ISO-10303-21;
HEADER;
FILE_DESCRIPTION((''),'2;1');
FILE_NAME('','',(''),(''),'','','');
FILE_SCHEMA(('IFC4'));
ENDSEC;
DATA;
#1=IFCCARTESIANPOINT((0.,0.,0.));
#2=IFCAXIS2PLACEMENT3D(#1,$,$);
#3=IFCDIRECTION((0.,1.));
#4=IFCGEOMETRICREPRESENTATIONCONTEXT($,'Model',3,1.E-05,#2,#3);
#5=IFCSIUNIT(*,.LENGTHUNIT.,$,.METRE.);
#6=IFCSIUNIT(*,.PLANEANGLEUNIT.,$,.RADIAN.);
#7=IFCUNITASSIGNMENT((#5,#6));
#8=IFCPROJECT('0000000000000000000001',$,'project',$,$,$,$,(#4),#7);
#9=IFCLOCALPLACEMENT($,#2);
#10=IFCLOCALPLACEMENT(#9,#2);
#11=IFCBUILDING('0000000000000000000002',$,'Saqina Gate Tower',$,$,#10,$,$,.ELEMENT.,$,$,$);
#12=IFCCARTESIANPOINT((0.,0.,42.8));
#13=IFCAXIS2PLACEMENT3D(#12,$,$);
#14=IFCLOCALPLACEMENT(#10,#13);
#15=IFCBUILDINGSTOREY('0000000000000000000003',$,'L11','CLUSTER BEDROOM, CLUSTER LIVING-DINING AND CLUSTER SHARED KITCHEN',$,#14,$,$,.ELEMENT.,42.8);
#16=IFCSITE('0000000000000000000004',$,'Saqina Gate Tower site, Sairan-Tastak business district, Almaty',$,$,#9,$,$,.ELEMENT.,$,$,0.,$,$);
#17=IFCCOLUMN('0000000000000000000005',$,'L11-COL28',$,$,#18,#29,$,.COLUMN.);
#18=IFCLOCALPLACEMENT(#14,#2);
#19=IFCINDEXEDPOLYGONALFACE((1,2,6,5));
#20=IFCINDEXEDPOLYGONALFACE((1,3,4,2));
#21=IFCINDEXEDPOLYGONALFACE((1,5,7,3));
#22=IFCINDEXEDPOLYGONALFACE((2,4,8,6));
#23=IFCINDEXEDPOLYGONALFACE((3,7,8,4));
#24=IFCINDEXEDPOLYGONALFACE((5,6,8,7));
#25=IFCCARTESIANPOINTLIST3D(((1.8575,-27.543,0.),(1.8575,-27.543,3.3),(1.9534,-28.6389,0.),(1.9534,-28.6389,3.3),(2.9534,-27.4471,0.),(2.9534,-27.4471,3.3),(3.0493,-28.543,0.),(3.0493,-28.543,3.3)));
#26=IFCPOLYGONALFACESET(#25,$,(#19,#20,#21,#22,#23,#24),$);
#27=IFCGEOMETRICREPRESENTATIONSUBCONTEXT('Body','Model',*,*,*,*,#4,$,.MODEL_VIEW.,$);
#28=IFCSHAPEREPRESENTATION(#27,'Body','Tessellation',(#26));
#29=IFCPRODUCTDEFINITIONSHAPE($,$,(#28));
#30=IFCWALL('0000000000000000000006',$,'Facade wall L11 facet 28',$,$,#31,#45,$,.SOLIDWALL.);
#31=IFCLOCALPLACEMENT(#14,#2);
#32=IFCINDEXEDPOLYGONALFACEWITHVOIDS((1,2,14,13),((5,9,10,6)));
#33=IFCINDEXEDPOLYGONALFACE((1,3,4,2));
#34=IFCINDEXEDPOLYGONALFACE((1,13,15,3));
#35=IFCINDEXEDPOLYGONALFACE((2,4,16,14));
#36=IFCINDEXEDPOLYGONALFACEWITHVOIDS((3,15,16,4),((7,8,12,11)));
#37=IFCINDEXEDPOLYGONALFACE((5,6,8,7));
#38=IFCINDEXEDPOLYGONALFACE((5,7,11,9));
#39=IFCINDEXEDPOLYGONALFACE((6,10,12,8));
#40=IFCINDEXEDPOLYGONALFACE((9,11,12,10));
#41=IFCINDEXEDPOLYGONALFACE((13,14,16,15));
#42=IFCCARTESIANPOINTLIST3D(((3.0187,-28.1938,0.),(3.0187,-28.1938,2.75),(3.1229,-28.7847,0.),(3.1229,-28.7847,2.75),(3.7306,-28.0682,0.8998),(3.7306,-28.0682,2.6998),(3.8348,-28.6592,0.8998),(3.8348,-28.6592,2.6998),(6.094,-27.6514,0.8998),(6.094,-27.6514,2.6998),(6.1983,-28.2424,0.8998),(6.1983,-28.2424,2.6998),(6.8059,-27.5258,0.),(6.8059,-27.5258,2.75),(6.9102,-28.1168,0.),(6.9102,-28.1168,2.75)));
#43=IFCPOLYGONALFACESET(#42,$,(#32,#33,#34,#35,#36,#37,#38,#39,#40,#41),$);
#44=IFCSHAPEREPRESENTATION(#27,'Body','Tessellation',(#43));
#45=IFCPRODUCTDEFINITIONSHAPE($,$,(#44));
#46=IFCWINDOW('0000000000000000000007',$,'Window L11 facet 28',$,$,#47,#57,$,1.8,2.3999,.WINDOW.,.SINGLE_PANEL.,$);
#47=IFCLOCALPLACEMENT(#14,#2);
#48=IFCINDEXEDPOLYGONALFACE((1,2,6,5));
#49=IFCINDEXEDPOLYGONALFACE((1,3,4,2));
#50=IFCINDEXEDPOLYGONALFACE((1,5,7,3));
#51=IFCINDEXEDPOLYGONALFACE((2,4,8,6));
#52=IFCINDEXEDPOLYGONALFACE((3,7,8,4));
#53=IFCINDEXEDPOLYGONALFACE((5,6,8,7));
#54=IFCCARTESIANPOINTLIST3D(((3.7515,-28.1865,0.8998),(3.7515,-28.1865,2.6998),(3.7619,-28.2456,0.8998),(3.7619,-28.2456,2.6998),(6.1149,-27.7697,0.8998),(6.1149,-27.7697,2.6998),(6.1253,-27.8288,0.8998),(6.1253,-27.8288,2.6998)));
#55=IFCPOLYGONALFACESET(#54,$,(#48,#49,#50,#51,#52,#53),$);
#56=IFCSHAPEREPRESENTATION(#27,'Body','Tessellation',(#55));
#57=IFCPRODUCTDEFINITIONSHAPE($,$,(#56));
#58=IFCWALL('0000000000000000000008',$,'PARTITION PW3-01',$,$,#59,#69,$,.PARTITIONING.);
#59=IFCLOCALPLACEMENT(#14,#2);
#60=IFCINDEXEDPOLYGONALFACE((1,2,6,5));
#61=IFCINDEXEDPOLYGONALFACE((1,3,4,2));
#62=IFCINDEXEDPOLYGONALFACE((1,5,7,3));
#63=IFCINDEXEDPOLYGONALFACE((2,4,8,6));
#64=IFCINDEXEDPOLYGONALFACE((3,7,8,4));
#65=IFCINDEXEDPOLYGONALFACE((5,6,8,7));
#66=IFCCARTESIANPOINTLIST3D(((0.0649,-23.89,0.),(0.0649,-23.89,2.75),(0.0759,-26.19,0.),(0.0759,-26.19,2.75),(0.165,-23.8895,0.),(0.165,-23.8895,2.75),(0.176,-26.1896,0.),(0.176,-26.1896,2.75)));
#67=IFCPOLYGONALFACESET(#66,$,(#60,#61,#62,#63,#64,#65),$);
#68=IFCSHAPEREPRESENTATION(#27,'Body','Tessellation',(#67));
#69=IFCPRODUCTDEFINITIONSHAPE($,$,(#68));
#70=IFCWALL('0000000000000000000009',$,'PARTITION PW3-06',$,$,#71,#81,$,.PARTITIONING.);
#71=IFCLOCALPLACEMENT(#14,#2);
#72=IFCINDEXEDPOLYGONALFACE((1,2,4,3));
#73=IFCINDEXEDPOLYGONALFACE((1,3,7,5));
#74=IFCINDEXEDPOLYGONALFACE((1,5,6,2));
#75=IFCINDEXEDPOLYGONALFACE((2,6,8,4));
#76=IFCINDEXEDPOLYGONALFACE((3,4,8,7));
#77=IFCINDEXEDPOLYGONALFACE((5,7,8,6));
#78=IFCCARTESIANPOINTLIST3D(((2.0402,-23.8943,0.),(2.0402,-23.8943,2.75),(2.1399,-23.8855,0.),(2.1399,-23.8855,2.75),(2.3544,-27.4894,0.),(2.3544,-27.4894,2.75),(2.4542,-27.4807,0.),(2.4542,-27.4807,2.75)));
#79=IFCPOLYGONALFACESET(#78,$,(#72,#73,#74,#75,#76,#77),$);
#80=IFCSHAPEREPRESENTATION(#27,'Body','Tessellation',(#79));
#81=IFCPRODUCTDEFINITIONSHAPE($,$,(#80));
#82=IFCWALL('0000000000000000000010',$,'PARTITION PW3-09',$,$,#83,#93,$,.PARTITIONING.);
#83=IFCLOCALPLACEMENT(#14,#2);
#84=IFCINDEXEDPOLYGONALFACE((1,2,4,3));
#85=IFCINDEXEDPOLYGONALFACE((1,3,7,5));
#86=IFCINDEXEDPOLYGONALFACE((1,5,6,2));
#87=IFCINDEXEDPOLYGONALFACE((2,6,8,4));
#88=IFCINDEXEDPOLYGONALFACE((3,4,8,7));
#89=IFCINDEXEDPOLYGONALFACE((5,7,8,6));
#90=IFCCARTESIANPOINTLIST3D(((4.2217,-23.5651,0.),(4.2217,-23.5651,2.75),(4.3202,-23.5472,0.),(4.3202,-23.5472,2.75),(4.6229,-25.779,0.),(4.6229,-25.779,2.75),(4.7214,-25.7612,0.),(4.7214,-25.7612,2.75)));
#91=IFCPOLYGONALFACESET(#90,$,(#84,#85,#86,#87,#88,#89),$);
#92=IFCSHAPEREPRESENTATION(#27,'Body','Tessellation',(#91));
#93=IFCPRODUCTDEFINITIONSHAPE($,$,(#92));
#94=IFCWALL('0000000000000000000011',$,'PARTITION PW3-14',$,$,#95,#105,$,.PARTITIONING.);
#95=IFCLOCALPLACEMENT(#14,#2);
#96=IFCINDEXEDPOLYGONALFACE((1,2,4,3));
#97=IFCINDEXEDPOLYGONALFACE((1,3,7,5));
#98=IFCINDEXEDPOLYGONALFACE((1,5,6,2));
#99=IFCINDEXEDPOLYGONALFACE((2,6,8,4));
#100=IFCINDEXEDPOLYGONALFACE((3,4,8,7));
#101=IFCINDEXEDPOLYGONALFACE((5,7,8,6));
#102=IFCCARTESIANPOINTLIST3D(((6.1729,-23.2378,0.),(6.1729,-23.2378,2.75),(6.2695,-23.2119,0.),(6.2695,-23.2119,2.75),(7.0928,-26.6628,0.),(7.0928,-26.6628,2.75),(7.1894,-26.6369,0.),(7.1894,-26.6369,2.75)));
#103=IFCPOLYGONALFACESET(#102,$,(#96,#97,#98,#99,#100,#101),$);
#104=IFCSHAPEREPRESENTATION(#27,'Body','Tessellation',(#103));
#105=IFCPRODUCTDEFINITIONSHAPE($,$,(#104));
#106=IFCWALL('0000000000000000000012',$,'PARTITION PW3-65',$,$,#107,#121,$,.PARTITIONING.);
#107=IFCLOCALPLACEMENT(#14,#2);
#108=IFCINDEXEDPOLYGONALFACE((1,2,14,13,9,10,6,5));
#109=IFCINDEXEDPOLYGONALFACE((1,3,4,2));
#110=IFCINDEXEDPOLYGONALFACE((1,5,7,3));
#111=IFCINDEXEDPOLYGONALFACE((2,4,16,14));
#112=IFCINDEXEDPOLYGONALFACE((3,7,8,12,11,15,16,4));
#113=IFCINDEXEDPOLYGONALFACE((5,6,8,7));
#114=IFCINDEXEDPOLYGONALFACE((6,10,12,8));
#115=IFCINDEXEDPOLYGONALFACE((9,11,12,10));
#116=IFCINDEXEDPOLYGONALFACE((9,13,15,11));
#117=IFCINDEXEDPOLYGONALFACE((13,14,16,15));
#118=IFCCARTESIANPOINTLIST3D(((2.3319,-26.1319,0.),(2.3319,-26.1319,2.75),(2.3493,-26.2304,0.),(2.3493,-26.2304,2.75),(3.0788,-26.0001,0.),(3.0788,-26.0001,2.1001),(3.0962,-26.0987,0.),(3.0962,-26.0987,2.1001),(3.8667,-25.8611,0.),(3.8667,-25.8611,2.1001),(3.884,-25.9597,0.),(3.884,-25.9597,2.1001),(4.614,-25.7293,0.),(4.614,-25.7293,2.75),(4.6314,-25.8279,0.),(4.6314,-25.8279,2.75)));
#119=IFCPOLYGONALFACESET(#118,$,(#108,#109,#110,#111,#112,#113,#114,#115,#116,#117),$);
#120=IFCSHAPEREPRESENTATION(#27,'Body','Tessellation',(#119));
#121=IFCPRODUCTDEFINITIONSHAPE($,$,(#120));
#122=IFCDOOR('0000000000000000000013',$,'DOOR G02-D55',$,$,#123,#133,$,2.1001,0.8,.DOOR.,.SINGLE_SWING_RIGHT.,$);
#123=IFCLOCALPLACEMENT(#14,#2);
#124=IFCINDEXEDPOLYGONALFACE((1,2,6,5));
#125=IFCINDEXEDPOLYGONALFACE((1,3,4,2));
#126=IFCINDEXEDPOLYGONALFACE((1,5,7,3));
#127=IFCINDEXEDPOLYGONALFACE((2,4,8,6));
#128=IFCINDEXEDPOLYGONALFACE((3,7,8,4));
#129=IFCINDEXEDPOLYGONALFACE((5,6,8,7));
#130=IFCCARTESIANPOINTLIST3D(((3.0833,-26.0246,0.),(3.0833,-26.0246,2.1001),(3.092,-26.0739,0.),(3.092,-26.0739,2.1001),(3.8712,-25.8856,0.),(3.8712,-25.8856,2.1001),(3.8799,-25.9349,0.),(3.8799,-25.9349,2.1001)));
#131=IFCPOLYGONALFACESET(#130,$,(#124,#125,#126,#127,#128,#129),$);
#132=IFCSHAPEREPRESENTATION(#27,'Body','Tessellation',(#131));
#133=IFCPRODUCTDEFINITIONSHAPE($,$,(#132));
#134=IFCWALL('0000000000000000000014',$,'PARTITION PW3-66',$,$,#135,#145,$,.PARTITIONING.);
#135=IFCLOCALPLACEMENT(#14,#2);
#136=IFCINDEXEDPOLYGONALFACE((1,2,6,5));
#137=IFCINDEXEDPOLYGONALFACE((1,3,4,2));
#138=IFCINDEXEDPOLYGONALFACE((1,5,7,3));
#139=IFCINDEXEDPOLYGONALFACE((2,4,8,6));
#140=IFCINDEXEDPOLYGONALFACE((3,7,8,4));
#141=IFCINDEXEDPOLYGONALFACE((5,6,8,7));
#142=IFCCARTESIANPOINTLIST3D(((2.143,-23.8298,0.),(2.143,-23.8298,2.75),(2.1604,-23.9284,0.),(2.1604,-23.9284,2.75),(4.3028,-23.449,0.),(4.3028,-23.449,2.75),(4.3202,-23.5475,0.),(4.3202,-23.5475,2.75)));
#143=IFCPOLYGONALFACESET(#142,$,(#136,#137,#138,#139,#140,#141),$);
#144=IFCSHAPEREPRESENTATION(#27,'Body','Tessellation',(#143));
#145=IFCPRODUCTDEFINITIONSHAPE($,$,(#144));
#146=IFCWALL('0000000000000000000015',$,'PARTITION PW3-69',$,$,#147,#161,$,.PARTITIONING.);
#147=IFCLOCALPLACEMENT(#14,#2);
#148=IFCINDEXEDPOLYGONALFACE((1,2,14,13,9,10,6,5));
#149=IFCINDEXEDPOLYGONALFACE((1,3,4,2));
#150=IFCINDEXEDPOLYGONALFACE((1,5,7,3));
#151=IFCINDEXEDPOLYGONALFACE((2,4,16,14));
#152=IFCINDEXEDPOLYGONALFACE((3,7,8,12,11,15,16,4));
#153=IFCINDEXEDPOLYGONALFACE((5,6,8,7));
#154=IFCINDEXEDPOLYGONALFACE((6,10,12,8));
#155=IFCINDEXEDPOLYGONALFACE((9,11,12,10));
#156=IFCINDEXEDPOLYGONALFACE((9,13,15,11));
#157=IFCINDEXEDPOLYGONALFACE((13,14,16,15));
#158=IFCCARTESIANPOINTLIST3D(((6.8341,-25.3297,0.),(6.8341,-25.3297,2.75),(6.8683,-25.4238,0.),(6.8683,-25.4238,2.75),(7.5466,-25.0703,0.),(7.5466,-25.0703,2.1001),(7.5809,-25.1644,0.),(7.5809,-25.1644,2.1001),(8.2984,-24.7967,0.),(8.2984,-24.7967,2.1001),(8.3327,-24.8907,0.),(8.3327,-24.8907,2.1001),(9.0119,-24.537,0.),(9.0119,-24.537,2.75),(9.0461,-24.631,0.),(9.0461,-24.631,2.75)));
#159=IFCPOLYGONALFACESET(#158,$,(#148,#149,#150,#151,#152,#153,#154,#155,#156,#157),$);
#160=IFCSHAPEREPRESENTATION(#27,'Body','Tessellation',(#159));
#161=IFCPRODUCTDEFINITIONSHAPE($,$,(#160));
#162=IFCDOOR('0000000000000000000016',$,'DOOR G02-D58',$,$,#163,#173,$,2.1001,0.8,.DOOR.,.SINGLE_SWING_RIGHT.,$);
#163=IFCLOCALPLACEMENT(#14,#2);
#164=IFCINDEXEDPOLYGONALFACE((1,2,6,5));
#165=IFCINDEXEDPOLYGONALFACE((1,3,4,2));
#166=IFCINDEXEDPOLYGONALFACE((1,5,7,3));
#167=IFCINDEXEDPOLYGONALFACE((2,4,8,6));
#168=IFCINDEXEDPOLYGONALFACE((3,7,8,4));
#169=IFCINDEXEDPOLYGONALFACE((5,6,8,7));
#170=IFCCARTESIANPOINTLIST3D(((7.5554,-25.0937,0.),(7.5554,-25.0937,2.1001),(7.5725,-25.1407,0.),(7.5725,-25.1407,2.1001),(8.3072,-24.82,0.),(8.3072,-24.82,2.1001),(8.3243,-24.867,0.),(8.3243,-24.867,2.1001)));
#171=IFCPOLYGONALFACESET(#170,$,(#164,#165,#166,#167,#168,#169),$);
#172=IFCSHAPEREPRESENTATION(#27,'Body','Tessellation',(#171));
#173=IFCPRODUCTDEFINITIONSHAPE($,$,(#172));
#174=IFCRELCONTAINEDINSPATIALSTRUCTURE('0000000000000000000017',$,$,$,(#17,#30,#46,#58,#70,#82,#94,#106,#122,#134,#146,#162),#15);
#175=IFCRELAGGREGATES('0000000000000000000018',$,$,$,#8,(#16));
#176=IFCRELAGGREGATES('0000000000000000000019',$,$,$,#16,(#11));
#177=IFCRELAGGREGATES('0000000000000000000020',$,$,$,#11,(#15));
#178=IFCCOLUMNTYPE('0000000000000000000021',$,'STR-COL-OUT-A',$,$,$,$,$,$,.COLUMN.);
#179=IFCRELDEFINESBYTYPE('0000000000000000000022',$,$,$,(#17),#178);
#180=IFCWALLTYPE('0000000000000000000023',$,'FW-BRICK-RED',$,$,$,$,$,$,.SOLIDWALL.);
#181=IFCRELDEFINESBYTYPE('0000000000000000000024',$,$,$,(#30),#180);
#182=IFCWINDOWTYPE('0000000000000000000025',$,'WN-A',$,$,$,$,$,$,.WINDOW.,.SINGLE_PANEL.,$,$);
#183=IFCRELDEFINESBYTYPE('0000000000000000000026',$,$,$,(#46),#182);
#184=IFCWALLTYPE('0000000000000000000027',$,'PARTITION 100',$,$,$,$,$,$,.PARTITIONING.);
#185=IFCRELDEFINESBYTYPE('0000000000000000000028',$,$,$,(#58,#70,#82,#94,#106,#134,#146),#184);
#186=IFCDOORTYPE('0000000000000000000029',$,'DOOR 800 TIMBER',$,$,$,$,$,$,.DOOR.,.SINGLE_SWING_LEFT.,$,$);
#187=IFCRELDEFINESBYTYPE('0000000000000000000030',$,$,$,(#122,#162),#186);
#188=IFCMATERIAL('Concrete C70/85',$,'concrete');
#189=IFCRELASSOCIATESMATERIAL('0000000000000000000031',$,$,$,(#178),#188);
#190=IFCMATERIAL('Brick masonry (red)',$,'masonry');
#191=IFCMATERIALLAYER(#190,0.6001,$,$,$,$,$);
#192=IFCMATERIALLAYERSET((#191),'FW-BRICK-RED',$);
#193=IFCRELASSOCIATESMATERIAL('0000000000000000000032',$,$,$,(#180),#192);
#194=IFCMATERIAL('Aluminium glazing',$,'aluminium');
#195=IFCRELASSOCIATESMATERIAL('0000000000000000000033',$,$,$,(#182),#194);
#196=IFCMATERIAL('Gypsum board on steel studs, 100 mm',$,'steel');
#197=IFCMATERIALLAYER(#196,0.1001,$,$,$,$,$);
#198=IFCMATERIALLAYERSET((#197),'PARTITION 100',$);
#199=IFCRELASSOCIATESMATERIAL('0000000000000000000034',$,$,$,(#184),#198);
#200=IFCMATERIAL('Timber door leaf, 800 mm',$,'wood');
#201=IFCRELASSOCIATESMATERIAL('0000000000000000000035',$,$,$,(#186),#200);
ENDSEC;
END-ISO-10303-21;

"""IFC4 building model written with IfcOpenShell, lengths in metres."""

from ifc_helpers import new_model, si_unit, direction, frame, frame_2d, origin, origin_2d, place, context, subcontext, project, spatial, rectangle, extrude, material, layer, layer_set, material_profile, profile_set, type_object, element, fill, save


model = new_model("IFC4")

# Units and contexts
model_context = context("Model", 3, precision=1e-05, world=origin(), true_north=direction((0.0, 1.0)))
body_context = subcontext(model_context, "Body", "Model", "MODEL_VIEW")
ifc_project = project(units=[si_unit("LENGTHUNIT", "METRE"), si_unit("PLANEANGLEUNIT", "RADIAN")], contexts=[model_context])

# Site, building, storey
site_placement = place(None, origin())
site = spatial("IfcSite", under=ifc_project, at=site_placement, Name="Saqina Gate Tower site, Sairan-Tastak business district, Almaty", CompositionType="ELEMENT", RefElevation=0.0)
building_placement = place(site_placement, origin())
building = spatial("IfcBuilding", under=site, at=building_placement, Name="Saqina Gate Tower", CompositionType="ELEMENT")
storey_placement = place(building_placement, frame((0.0, 0.0, 42.8)))
storey = spatial("IfcBuildingStorey", under=building, at=storey_placement, Name="L11", Description="CLUSTER BEDROOM, CLUSTER LIVING-DINING AND CLUSTER SHARED KITCHEN", CompositionType="ELEMENT", Elevation=42.8)

# Column
ifc_material_1 = material(Name="Concrete C70/85", Category="concrete")
ifc_material_profile = material_profile(ifc_material_1, rectangle(XDim=1.1001, YDim=1.1001, at=origin_2d()), Name="RC 1100x1100")
ifc_profile_set = profile_set([ifc_material_profile], Name="Concrete C70/85")
column_type = type_object("IfcColumnType", Name="STR-COL-OUT-A", PredefinedType="COLUMN", material=ifc_profile_set)
column_placement = place(storey_placement, frame((2.4534, -28.043, 0.0), z_axis=(0.0, 0.0, 1.0), x_axis=(0.087156, -0.996195, 0.0)))
element("IfcColumn", 1, at=column_placement, inside=storey, type_object=column_type, Name="L11-COL28", PredefinedType="COLUMN", context=body_context, shape_type="SweptSolid", body=[
    extrude(rectangle(XDim=1.1001, YDim=1.1001, at=origin_2d()), origin(), (0.0, 0.0, 1.0), 3.3),
])

# Wall, opening, window
ifc_material_2 = material(Name="Brick masonry (red)", Category="masonry")
ifc_layer_1 = layer(ifc_material_2, 0.6001)
ifc_layer_set_1 = layer_set([ifc_layer_1], Name="FW-BRICK-RED")
wall_type_1 = type_object("IfcWallType", Name="FW-BRICK-RED", PredefinedType="SOLIDWALL", material=ifc_layer_set_1)
wall_1_placement = place(storey_placement, frame((3.0708, -28.4893, 0.0), z_axis=(0.0, 0.0, 1.0), x_axis=(0.984801, 0.173688, 0.0)))
wall_1 = element("IfcWall", 2, at=wall_1_placement, inside=storey, type_object=wall_type_1, Name="Facade wall L11 facet 28", PredefinedType="SOLIDWALL", context=body_context, shape_type="SweptSolid", body=[
    extrude(rectangle(XDim=3.8457, YDim=0.6001, at=frame_2d((1.9229, 0.0))), origin(), (0.0, 0.0, 1.0), 2.75),
])
opening_1_placement = place(wall_1_placement, frame((0.7229, 0.0, 0.8999)))
opening_1 = element("IfcOpeningElement", 3, at=opening_1_placement, cuts=wall_1, PredefinedType="OPENING", context=body_context, shape_type="SweptSolid", body=[
    extrude(rectangle(XDim=2.3999, YDim=1.8, at=frame_2d((1.2, 0.8999))), frame((0.0, 0.312, 0.0), z_axis=(0.0, -1.0, 0.0), x_axis=(1.0, 0.0, 0.0)), (0.0, 0.0, 1.0), 0.624),
])
ifc_material_3 = material(Name="Aluminium glazing", Category="aluminium")
window_type = type_object("IfcWindowType", Name="WN-A", PartitioningType="SINGLE_PANEL", PredefinedType="WINDOW", material=ifc_material_3)
window_placement = place(opening_1_placement, origin())
window = element("IfcWindow", 4, at=window_placement, inside=storey, type_object=window_type, Name="Window L11 facet 28", OverallHeight=1.8, OverallWidth=2.3999, PartitioningType="SINGLE_PANEL", PredefinedType="WINDOW", context=body_context, shape_type="SweptSolid", body=[
    extrude(rectangle(XDim=2.3999, YDim=1.8, at=frame_2d((1.2, 0.8999))), frame((0.0, 0.1799, 0.0), z_axis=(0.0, -1.0, 0.0), x_axis=(1.0, 0.0, 0.0)), (0.0, 0.0, 1.0), 0.0601),
])
fill(opening_1, window)

# Walls
ifc_material_4 = material(Name="Gypsum board on steel studs, 100 mm", Category="steel")
ifc_layer_2 = layer(ifc_material_4, 0.1001)
ifc_layer_set_2 = layer_set([ifc_layer_2], Name="PARTITION 100")
wall_type_2 = type_object("IfcWallType", Name="PARTITION 100", PredefinedType="PARTITIONING", material=ifc_layer_set_2)
wall_2_placement = place(storey_placement, frame((0.115, -23.8899, 0.0), z_axis=(0.0, 0.0, 1.0), x_axis=(0.004777, -0.999989, 0.0)))
element("IfcWall", 5, at=wall_2_placement, inside=storey, type_object=wall_type_2, Name="PARTITION PW3-01", PredefinedType="PARTITIONING", context=body_context, shape_type="SweptSolid", body=[
    extrude(rectangle(XDim=2.3, YDim=0.1001, at=frame_2d((1.1499, 0.0))), origin(), (0.0, 0.0, 1.0), 2.75),
])
wall_3_placement = place(storey_placement, frame((2.0901, -23.8899, 0.0), z_axis=(0.0, 0.0, 1.0), x_axis=(0.087065, -0.996203, 0.0)))
element("IfcWall", 6, at=wall_3_placement, inside=storey, type_object=wall_type_2, Name="PARTITION PW3-06", PredefinedType="PARTITIONING", context=body_context, shape_type="SweptSolid", body=[
    extrude(rectangle(XDim=3.6089, YDim=0.1001, at=frame_2d((1.8044, 0.0))), origin(), (0.0, 0.0, 1.0), 2.75),
])
wall_4_placement = place(storey_placement, frame((4.271, -23.5562, 0.0), z_axis=(0.0, 0.0, 1.0), x_axis=(0.178284, -0.983979, 0.0)))
element("IfcWall", 7, at=wall_4_placement, inside=storey, type_object=wall_type_2, Name="PARTITION PW3-09", PredefinedType="PARTITIONING", context=body_context, shape_type="SweptSolid", body=[
    extrude(rectangle(XDim=2.25, YDim=0.1001, at=frame_2d((1.125, 0.0))), origin(), (0.0, 0.0, 1.0), 2.75),
])
wall_5_placement = place(storey_placement, frame((6.2212, -23.2249, 0.0), z_axis=(0.0, 0.0, 1.0), x_axis=(0.259393, -0.965772, 0.0)))
element("IfcWall", 8, at=wall_5_placement, inside=storey, type_object=wall_type_2, Name="PARTITION PW3-14", PredefinedType="PARTITIONING", context=body_context, shape_type="SweptSolid", body=[
    extrude(rectangle(XDim=3.5464, YDim=0.1001, at=frame_2d((1.7732, 0.0))), origin(), (0.0, 0.0, 1.0), 2.75),
])

# Wall, opening, door
wall_6_placement = place(storey_placement, frame((2.3406, -26.1812, 0.0), z_axis=(0.0, 0.0, 1.0), x_axis=(0.984795, 0.173719, 0.0)))
wall_6 = element("IfcWall", 9, at=wall_6_placement, inside=storey, type_object=wall_type_2, Name="PARTITION PW3-65", PredefinedType="PARTITIONING", context=body_context, shape_type="SweptSolid", body=[
    extrude(rectangle(XDim=2.3174, YDim=0.1001, at=frame_2d((1.1587, 0.0))), origin(), (0.0, 0.0, 1.0), 2.75),
])
opening_2_placement = place(wall_6_placement, frame((0.7585, 0.0, 0.0)))
opening_2 = element("IfcOpeningElement", 10, at=opening_2_placement, cuts=wall_6, PredefinedType="OPENING", context=body_context, shape_type="SweptSolid", body=[
    extrude(rectangle(XDim=0.8, YDim=2.1001, at=frame_2d((0.3999, 1.05))), frame((0.0, 0.062, 0.0), z_axis=(0.0, -1.0, 0.0), x_axis=(1.0, 0.0, 0.0)), (0.0, 0.0, 1.0), 0.124),
])
ifc_material_5 = material(Name="Timber door leaf, 800 mm", Category="wood")
door_type_1 = type_object("IfcDoorType", Name="DOOR 800 TIMBER", OperationType="SINGLE_SWING_LEFT", PredefinedType="DOOR", material=ifc_material_5)
door_1_placement = place(opening_2_placement, frame((0.8, 0.0, 0.0), z_axis=(0.0, 0.0, 1.0), x_axis=(-1.0, 0.0, 0.0)))
door_1 = element("IfcDoor", 11, at=door_1_placement, inside=storey, type_object=door_type_1, Name="DOOR G02-D55", OperationType="SINGLE_SWING_RIGHT", OverallHeight=2.1001, OverallWidth=0.8, PredefinedType="DOOR", context=body_context, shape_type="SweptSolid", body=[
    extrude(rectangle(XDim=0.8, YDim=2.1001, at=frame_2d((0.3999, 1.05))), frame((0.0, 0.0249, 0.0), z_axis=(0.0, -1.0, 0.0), x_axis=(1.0, 0.0, 0.0)), (0.0, 0.0, 1.0), 0.05),
])
fill(opening_2, door_1)

# Wall
wall_7_placement = place(storey_placement, frame((2.1516, -23.8792, 0.0), z_axis=(0.0, 0.0, 1.0), x_axis=(0.984804, 0.173671, 0.0)))
element("IfcWall", 12, at=wall_7_placement, inside=storey, type_object=wall_type_2, Name="PARTITION PW3-66", PredefinedType="PARTITIONING", context=body_context, shape_type="SweptSolid", body=[
    extrude(rectangle(XDim=2.1931, YDim=0.1001, at=frame_2d((1.0967, 0.0))), origin(), (0.0, 0.0, 1.0), 2.75),
])

# Wall, opening, door
wall_8_placement = place(storey_placement, frame((6.8513, -25.3767, 0.0), z_axis=(0.0, 0.0, 1.0), x_axis=(0.93968, 0.342056, 0.0)))
wall_8 = element("IfcWall", 13, at=wall_8_placement, inside=storey, type_object=wall_type_2, Name="PARTITION PW3-69", PredefinedType="PARTITIONING", context=body_context, shape_type="SweptSolid", body=[
    extrude(rectangle(XDim=2.3176, YDim=0.1001, at=frame_2d((1.1587, 0.0))), origin(), (0.0, 0.0, 1.0), 2.75),
])
opening_3_placement = place(wall_8_placement, frame((0.7583, 0.0, 0.0)))
opening_3 = element("IfcOpeningElement", 14, at=opening_3_placement, cuts=wall_8, PredefinedType="OPENING", context=body_context, shape_type="SweptSolid", body=[
    extrude(rectangle(XDim=0.8, YDim=2.1001, at=frame_2d((0.3999, 1.05))), frame((0.0, 0.062, 0.0), z_axis=(0.0, -1.0, 0.0), x_axis=(1.0, 0.0, 0.0)), (0.0, 0.0, 1.0), 0.124),
])
door_2_placement = place(opening_3_placement, frame((0.8, 0.0, 0.0), z_axis=(0.0, 0.0, 1.0), x_axis=(-1.0, 0.0, 0.0)))
door_2 = element("IfcDoor", 15, at=door_2_placement, inside=storey, type_object=door_type_1, Name="DOOR G02-D58", OperationType="SINGLE_SWING_RIGHT", OverallHeight=2.1001, OverallWidth=0.8, PredefinedType="DOOR", context=body_context, shape_type="SweptSolid", body=[
    extrude(rectangle(XDim=0.8, YDim=2.1001, at=frame_2d((0.3999, 1.05))), frame((0.0, 0.0249, 0.0), z_axis=(0.0, -1.0, 0.0), x_axis=(1.0, 0.0, 0.0)), (0.0, 0.0, 1.0), 0.05),
])
fill(opening_3, door_2)

save(model, "model.ifc")
